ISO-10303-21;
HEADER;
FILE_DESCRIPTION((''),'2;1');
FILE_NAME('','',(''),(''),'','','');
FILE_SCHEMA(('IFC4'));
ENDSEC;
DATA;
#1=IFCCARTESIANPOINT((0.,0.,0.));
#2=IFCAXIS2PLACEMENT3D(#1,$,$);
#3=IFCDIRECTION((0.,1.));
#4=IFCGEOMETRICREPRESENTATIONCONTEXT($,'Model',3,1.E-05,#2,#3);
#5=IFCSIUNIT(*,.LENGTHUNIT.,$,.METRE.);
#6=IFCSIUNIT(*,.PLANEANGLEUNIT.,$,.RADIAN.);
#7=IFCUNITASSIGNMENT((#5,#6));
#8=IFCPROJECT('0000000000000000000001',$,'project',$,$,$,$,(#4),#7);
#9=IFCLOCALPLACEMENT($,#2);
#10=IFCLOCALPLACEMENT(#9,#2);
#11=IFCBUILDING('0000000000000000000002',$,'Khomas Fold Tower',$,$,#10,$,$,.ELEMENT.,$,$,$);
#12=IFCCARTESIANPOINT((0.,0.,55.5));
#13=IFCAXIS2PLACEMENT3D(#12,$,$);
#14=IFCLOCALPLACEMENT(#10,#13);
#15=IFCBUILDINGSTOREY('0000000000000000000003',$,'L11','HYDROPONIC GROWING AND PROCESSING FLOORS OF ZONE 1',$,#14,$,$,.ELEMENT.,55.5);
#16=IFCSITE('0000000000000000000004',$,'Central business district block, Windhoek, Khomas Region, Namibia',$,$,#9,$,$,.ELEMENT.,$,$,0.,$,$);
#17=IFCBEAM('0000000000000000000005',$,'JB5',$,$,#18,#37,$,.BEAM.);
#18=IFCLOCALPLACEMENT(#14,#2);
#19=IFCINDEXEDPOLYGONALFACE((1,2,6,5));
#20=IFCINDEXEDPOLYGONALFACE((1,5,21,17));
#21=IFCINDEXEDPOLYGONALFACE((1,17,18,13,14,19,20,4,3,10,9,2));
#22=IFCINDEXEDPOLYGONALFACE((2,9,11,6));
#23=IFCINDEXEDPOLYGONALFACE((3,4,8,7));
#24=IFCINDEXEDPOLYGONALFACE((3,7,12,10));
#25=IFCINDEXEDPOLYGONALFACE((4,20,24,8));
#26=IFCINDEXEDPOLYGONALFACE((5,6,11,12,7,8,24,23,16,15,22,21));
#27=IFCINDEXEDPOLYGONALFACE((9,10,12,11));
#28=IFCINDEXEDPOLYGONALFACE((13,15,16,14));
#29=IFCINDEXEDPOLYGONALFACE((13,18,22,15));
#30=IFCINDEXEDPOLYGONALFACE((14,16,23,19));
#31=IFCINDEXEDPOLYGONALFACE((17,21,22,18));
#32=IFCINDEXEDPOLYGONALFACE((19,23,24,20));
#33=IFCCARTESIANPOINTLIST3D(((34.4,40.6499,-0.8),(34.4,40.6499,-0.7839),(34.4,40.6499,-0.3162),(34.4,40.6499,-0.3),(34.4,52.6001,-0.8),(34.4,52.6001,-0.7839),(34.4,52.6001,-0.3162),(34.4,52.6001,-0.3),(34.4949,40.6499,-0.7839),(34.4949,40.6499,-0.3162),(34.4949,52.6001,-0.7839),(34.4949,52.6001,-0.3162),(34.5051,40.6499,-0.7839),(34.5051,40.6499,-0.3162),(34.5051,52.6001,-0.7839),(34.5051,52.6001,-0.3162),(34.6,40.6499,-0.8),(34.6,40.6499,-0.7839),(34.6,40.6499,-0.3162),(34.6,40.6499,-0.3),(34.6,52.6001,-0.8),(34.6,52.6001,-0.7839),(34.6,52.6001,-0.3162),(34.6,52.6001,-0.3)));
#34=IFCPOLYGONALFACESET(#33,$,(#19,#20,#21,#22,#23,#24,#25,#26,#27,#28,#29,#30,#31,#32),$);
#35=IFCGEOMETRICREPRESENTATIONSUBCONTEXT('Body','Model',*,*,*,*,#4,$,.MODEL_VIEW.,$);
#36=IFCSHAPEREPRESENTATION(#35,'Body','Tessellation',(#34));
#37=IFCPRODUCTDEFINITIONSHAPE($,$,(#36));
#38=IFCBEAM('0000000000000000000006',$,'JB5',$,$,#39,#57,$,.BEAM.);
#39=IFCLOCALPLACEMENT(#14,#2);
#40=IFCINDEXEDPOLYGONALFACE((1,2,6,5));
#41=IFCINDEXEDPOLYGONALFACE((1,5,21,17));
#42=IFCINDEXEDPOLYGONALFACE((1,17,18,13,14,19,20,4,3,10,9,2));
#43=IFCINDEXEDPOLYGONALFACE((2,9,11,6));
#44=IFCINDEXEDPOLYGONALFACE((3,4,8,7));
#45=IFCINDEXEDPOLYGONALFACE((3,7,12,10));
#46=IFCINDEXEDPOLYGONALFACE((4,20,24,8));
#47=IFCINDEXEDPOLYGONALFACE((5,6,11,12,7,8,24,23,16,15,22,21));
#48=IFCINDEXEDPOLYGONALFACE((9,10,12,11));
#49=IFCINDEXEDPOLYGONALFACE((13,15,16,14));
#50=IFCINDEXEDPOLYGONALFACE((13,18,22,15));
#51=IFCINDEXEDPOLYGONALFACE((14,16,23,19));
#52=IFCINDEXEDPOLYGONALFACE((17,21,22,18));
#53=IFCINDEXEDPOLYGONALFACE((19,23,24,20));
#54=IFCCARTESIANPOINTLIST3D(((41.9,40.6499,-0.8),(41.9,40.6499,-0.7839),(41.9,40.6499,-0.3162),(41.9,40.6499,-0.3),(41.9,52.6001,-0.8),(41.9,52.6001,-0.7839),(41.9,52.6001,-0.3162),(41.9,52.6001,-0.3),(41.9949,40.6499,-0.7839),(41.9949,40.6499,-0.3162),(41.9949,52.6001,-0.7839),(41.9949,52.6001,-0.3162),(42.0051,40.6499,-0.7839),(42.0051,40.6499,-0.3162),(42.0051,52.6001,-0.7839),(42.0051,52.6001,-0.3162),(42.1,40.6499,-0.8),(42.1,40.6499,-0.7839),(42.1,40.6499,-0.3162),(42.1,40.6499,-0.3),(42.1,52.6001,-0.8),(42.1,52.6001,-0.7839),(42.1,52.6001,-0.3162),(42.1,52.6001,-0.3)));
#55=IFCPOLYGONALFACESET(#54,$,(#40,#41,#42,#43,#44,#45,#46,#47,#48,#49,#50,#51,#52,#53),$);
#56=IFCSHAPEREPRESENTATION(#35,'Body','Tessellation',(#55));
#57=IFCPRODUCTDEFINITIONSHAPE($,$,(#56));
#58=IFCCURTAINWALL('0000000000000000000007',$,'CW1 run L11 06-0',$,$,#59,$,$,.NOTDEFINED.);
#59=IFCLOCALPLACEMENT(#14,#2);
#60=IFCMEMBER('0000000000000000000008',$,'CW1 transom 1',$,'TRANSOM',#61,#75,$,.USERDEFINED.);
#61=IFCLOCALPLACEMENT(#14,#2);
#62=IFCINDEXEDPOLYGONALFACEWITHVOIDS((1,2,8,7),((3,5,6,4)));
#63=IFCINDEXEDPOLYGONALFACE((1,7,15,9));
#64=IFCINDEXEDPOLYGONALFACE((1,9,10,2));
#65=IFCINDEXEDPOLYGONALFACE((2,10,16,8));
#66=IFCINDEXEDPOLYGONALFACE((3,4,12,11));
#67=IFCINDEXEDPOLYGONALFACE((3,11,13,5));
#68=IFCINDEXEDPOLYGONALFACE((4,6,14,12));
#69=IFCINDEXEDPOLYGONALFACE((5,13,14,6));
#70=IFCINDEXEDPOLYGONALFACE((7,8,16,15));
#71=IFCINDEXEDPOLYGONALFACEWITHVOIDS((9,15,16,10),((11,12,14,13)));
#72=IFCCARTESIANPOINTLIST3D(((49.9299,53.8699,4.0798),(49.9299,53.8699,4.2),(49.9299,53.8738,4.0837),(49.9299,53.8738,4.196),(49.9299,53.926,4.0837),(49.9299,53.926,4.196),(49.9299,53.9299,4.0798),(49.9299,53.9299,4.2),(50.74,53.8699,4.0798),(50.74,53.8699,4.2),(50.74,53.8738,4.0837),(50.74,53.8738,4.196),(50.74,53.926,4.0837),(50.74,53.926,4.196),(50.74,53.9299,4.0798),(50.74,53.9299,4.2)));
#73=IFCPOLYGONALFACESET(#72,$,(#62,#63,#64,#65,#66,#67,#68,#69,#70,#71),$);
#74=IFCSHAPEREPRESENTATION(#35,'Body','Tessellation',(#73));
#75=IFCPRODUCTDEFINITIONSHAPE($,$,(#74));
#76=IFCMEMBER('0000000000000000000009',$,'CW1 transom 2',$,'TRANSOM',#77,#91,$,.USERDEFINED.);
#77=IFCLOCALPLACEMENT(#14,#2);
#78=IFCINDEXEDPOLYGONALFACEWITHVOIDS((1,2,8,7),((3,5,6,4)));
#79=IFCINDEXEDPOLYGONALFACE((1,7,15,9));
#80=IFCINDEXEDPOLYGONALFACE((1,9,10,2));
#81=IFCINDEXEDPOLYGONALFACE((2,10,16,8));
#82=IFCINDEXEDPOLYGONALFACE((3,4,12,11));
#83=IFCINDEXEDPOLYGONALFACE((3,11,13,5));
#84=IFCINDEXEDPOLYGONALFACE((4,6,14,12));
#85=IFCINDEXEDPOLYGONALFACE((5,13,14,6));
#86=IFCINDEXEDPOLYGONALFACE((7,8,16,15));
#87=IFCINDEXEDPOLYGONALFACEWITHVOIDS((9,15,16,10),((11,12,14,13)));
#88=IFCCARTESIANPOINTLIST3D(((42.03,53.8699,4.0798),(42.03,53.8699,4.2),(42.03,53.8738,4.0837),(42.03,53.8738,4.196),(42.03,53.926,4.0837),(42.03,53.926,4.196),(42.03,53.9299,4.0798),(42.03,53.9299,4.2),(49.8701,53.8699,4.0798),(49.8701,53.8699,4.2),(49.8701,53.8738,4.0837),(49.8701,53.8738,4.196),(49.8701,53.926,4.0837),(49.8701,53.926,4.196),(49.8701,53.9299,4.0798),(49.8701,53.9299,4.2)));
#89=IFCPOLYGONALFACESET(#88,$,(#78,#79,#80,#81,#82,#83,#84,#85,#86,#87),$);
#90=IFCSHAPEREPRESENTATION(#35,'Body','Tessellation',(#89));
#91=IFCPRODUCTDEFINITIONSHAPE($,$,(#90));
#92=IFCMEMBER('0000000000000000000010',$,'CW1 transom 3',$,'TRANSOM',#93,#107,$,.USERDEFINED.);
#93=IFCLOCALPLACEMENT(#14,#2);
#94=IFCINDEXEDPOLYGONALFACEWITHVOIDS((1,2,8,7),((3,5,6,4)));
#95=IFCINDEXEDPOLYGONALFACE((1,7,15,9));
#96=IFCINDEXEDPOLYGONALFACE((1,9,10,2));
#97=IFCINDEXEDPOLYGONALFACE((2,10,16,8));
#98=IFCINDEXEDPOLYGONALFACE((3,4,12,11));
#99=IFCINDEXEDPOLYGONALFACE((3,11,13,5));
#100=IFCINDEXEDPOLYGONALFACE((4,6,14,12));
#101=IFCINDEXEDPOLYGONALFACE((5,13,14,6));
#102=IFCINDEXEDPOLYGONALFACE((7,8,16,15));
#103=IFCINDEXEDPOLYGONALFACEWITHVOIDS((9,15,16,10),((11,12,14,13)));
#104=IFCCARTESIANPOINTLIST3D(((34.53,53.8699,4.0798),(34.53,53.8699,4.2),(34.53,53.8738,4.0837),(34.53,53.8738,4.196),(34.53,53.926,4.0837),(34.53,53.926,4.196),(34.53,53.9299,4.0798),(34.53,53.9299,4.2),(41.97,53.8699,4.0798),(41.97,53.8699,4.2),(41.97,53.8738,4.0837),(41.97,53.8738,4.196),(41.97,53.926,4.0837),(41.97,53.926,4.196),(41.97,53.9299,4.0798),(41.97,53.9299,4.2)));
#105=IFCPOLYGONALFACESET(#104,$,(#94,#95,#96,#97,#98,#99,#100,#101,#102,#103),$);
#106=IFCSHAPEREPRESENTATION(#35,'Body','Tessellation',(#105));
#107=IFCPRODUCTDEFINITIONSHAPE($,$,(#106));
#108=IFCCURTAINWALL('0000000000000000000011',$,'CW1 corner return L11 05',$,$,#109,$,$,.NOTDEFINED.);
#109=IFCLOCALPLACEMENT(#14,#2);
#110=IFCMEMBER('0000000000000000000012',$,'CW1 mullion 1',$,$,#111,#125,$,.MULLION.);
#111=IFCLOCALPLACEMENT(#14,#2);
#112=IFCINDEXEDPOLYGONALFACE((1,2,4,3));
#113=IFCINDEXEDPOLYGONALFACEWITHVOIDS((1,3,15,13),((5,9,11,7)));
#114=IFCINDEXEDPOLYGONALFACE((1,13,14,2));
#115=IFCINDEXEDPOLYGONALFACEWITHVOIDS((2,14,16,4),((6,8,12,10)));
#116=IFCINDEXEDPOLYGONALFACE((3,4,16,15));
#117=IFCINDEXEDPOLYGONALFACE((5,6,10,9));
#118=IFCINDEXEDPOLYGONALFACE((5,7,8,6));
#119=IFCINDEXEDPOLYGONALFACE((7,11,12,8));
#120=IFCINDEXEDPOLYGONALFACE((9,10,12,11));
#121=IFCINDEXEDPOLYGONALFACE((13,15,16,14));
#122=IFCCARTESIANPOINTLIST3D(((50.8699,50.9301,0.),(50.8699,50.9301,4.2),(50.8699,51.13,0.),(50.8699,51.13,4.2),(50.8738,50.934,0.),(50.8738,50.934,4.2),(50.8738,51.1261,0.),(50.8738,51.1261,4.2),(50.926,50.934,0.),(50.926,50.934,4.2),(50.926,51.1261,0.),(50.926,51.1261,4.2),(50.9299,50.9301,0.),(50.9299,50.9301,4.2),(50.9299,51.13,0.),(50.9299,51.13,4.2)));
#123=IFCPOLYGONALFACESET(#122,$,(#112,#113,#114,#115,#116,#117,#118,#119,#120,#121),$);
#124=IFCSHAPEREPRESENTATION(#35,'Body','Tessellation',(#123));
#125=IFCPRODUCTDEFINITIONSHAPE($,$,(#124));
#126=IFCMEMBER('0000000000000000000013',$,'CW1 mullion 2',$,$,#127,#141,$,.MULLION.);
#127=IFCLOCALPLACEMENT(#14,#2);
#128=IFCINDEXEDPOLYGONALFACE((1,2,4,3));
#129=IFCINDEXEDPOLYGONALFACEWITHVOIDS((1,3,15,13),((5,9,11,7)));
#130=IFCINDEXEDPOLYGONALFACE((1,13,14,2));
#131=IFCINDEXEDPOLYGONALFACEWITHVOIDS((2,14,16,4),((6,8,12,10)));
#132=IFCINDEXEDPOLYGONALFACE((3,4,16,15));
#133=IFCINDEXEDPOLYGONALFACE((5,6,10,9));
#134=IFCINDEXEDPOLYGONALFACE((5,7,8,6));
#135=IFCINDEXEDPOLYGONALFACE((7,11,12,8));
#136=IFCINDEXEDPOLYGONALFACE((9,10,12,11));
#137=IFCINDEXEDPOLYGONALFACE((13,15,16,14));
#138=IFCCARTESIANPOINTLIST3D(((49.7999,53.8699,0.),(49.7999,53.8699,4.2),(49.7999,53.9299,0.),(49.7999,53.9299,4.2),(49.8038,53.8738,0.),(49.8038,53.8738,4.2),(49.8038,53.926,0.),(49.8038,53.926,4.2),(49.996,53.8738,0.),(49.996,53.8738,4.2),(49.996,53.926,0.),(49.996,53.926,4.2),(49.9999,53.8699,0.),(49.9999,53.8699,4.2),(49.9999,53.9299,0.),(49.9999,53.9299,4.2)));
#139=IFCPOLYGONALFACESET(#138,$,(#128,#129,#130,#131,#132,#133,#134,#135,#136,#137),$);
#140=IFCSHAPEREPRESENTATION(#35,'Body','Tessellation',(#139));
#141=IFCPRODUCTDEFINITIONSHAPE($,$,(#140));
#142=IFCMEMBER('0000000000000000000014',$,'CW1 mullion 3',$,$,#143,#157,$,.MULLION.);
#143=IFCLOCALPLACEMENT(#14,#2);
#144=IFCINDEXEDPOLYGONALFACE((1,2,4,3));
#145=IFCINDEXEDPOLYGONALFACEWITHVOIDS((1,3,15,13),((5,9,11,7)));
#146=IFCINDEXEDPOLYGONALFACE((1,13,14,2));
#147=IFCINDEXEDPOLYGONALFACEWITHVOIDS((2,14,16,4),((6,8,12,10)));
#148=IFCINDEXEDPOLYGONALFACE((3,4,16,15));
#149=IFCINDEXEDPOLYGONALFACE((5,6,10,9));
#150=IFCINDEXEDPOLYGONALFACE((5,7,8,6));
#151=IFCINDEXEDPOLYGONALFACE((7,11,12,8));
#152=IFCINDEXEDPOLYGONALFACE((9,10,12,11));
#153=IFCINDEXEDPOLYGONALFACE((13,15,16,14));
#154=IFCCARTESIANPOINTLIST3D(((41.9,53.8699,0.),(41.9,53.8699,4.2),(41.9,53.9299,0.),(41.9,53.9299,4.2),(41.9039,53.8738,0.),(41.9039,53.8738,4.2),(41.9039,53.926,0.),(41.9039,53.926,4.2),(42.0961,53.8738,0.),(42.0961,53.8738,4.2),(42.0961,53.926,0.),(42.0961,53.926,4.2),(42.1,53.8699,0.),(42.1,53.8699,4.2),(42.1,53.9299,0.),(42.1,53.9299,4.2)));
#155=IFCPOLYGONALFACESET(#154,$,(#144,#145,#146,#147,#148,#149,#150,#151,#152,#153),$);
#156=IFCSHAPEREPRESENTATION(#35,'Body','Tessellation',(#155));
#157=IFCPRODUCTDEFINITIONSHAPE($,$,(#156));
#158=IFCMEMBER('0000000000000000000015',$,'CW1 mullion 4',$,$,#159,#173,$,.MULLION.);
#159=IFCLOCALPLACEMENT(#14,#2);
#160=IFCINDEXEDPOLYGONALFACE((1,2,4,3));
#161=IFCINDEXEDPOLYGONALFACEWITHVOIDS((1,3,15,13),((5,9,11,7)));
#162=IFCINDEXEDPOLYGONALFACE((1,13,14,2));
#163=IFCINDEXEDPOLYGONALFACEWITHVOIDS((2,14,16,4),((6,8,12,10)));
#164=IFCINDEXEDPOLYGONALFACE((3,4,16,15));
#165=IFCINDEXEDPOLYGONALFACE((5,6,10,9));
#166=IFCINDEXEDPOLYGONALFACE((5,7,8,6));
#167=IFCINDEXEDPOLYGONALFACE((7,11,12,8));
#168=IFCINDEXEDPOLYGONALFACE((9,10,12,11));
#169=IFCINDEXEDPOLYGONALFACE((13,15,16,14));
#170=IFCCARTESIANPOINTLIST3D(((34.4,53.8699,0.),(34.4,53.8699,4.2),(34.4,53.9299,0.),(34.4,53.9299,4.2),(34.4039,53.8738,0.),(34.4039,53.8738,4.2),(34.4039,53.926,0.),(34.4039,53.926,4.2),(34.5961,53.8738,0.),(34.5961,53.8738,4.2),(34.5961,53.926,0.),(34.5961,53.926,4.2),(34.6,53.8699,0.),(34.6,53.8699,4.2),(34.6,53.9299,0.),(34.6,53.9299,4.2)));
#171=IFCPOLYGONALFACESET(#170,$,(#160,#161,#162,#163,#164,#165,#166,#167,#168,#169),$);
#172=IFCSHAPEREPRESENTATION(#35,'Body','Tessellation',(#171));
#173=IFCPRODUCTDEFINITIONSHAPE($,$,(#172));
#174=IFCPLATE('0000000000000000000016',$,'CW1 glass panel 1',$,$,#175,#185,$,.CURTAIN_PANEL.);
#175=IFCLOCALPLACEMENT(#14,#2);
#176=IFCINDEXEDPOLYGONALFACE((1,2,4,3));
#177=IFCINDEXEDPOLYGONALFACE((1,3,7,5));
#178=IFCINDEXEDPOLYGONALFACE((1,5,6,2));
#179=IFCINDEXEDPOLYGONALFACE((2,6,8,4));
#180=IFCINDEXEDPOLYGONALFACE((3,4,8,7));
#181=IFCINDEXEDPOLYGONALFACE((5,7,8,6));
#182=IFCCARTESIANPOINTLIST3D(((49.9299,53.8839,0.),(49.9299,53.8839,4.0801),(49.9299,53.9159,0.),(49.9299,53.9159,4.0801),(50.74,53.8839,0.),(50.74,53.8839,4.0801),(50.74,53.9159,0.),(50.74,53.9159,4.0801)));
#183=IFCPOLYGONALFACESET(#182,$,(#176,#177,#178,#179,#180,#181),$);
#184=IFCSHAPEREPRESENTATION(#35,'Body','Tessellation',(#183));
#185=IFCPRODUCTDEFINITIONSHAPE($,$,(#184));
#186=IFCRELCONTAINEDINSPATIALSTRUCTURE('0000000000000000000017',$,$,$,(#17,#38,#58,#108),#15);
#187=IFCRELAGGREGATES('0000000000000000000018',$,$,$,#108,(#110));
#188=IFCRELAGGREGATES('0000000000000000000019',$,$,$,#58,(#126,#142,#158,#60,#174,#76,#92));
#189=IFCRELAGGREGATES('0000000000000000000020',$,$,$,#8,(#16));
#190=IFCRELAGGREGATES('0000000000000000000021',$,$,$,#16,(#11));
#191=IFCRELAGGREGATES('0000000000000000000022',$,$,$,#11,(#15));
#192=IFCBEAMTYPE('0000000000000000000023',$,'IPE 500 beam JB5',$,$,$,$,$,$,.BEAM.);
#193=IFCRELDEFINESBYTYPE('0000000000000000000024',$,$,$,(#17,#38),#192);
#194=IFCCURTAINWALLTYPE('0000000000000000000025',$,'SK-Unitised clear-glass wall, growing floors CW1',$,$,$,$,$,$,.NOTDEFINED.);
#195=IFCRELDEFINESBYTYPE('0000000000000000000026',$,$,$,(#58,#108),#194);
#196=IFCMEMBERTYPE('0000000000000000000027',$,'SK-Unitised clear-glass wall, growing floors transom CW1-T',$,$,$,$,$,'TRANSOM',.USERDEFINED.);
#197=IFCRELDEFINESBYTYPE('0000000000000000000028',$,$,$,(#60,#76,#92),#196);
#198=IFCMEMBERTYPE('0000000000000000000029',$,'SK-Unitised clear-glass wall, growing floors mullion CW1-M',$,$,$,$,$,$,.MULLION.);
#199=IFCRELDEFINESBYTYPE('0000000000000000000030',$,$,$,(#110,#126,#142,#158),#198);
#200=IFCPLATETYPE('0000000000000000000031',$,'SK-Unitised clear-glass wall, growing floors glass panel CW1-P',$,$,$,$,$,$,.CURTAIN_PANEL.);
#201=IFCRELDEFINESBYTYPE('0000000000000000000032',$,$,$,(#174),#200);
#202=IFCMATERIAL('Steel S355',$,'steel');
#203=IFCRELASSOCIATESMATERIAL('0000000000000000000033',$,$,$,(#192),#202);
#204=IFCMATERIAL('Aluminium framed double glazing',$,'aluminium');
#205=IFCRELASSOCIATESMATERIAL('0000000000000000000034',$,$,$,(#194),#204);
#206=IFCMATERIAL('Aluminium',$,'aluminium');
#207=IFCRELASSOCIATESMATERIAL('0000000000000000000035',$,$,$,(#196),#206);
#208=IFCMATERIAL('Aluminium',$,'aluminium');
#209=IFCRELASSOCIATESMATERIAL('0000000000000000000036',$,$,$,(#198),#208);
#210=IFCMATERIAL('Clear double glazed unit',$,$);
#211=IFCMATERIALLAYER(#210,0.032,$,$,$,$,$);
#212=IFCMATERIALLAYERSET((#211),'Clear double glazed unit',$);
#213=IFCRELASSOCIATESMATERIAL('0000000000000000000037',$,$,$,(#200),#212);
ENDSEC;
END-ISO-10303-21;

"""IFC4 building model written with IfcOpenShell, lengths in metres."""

from ifc_helpers import new_model, si_unit, direction, frame, origin, origin_2d, place, context, subcontext, project, spatial, rectangle, hollow_rectangle, i_section, extrude, source, transform, mapped, material, layer, layer_set, material_profile, profile_set, type_object, element, aggregate, save


model = new_model("IFC4")

# Units and contexts
model_context = context("Model", 3, precision=1e-05, world=origin(), true_north=direction((0.0, 1.0)))
body_context = subcontext(model_context, "Body", "Model", "MODEL_VIEW")
ifc_project = project(units=[si_unit("LENGTHUNIT", "METRE"), si_unit("PLANEANGLEUNIT", "RADIAN")], contexts=[model_context])

# Site, building, storey
site_placement = place(None, origin())
site = spatial("IfcSite", under=ifc_project, at=site_placement, Name="Central business district block, Windhoek, Khomas Region, Namibia", CompositionType="ELEMENT", RefElevation=0.0)
building_placement = place(site_placement, origin())
building = spatial("IfcBuilding", under=site, at=building_placement, Name="Khomas Fold Tower", CompositionType="ELEMENT")
storey_placement = place(building_placement, frame((0.0, 0.0, 55.5)))
storey = spatial("IfcBuildingStorey", under=building, at=storey_placement, Name="L11", Description="HYDROPONIC GROWING AND PROCESSING FLOORS OF ZONE 1", CompositionType="ELEMENT", Elevation=55.5)

# Beams
ifc_material_1 = material(Name="Steel S355", Category="steel")
ifc_material_profile_1 = material_profile(ifc_material_1, i_section(OverallWidth=0.2, OverallDepth=0.5, WebThickness=0.0103, FlangeThickness=0.0161, at=origin_2d()), Name="IPE 500")
ifc_profile_set_1 = profile_set([ifc_material_profile_1], Name="Steel S355")
beam_type_1 = type_object("IfcBeamType", Name="IPE 500 beam JB5", PredefinedType="BEAM", material=ifc_profile_set_1)
shared_shape_1 = source(origin(), body_context, "Body", "SweptSolid", [
    extrude(i_section(OverallWidth=0.2, OverallDepth=0.5, WebThickness=0.0103, FlangeThickness=0.0161, at=origin_2d()), origin(), (0.0, 0.0, 1.0), 11.9502),
])
for number, where, z_axis, x_axis, name in (
    (1, (34.5, 40.6499, -0.55), (0.0, 1.0, 0.0), (-1.0, 0.0, 0.0), "JB5"),
    (2, (42.0, 40.6499, -0.55), (0.0, 1.0, 0.0), (-1.0, 0.0, 0.0), "JB5"),
):
    element("IfcBeam", number, at=place(storey_placement, frame(where, z_axis=z_axis, x_axis=x_axis)), inside=storey, type_object=beam_type_1, Name=name, PredefinedType="BEAM", context=body_context, shape_type="MappedRepresentation", body=[
        mapped(shared_shape_1, transform((0.0, 0.0, 0.0))),
    ])

# Curtain wall, members
ifc_material_2 = material(Name="Aluminium framed double glazing", Category="aluminium")
curtain_wall_type = type_object("IfcCurtainWallType", Name="SK-Unitised clear-glass wall, growing floors CW1", PredefinedType="NOTDEFINED", material=ifc_material_2)
curtain_wall_1_placement = place(storey_placement, origin())
curtain_wall_1 = element("IfcCurtainWall", 3, at=curtain_wall_1_placement, inside=storey, type_object=curtain_wall_type, Name="CW1 run L11 06-0", PredefinedType="NOTDEFINED")
ifc_material_3 = material(Name="Aluminium", Category="aluminium")
ifc_material_profile_2 = material_profile(ifc_material_3, hollow_rectangle(XDim=0.0601, YDim=0.1201, WallThickness=0.0039, at=origin_2d()), Name="SK-Unitised clear-glass wall, growing floors transom CW1-T")
ifc_profile_set_2 = profile_set([ifc_material_profile_2], Name="Aluminium")
member_type_1 = type_object("IfcMemberType", Name="SK-Unitised clear-glass wall, growing floors transom CW1-T", ElementType="TRANSOM", PredefinedType="USERDEFINED", material=ifc_profile_set_2)
shared_shape_2 = source(origin(), body_context, "Body", "SweptSolid", [
    extrude(hollow_rectangle(XDim=0.0601, YDim=0.1201, WallThickness=0.0039, at=origin_2d()), origin(), (0.0, 0.0, 1.0), 0.8101),
])
member_1_placement = place(storey_placement, frame((50.74, 53.8999, 4.1399), z_axis=(-1.0, 0.0, 0.0), x_axis=(0.0, -1.0, 0.0)))
member_1 = element("IfcMember", 4, at=member_1_placement, type_object=member_type_1, Name="CW1 transom 1", ObjectType="TRANSOM", PredefinedType="USERDEFINED", context=body_context, shape_type="MappedRepresentation", body=[
    mapped(shared_shape_2, transform((0.0, 0.0, 0.0))),
])
shared_shape_3 = source(origin(), body_context, "Body", "SweptSolid", [
    extrude(hollow_rectangle(XDim=0.0601, YDim=0.1201, WallThickness=0.0039, at=origin_2d()), origin(), (0.0, 0.0, 1.0), 7.8401),
])
member_2_placement = place(storey_placement, frame((49.8701, 53.8999, 4.1399), z_axis=(-1.0, 0.0, 0.0), x_axis=(0.0, -1.0, 0.0)))
member_2 = element("IfcMember", 5, at=member_2_placement, type_object=member_type_1, Name="CW1 transom 2", ObjectType="TRANSOM", PredefinedType="USERDEFINED", context=body_context, shape_type="MappedRepresentation", body=[
    mapped(shared_shape_3, transform((0.0, 0.0, 0.0))),
])
shared_shape_4 = source(origin(), body_context, "Body", "SweptSolid", [
    extrude(hollow_rectangle(XDim=0.0601, YDim=0.1201, WallThickness=0.0039, at=origin_2d()), origin(), (0.0, 0.0, 1.0), 7.4399),
])
member_3_placement = place(storey_placement, frame((41.97, 53.8999, 4.1399), z_axis=(-1.0, 0.0, 0.0), x_axis=(0.0, -1.0, 0.0)))
member_3 = element("IfcMember", 6, at=member_3_placement, type_object=member_type_1, Name="CW1 transom 3", ObjectType="TRANSOM", PredefinedType="USERDEFINED", context=body_context, shape_type="MappedRepresentation", body=[
    mapped(shared_shape_4, transform((0.0, 0.0, 0.0))),
])

# Curtain wall, member
curtain_wall_2_placement = place(storey_placement, origin())
curtain_wall_2 = element("IfcCurtainWall", 7, at=curtain_wall_2_placement, inside=storey, type_object=curtain_wall_type, Name="CW1 corner return L11 05", PredefinedType="NOTDEFINED")
ifc_material_4 = material(Name="Aluminium", Category="aluminium")
ifc_material_profile_3 = material_profile(ifc_material_4, hollow_rectangle(XDim=0.0601, YDim=0.2, WallThickness=0.0039, at=origin_2d()), Name="SK-Unitised clear-glass wall, growing floors mullion CW1-M")
ifc_profile_set_3 = profile_set([ifc_material_profile_3], Name="Aluminium")
member_type_2 = type_object("IfcMemberType", Name="SK-Unitised clear-glass wall, growing floors mullion CW1-M", PredefinedType="MULLION", material=ifc_profile_set_3)
shared_shape_5 = source(origin(), body_context, "Body", "SweptSolid", [
    extrude(hollow_rectangle(XDim=0.0601, YDim=0.2, WallThickness=0.0039, at=origin_2d()), origin(), (0.0, 0.0, 1.0), 4.2),
])
member_4_placement = place(storey_placement, frame((50.8999, 51.03, 0.0), z_axis=(0.0, 0.0, 1.0), x_axis=(-1.0, 0.0, 0.0)))
member_4 = element("IfcMember", 8, at=member_4_placement, type_object=member_type_2, Name="CW1 mullion 1", PredefinedType="MULLION", context=body_context, shape_type="MappedRepresentation", body=[
    mapped(shared_shape_5, transform((0.0, 0.0, 0.0))),
])
aggregate(curtain_wall_2, [member_4])

# Members
member_5_placement = place(storey_placement, frame((49.8999, 53.8999, 0.0), z_axis=(0.0, 0.0, 1.0), x_axis=(0.0, -1.0, 0.0)))
member_5 = element("IfcMember", 9, at=member_5_placement, type_object=member_type_2, Name="CW1 mullion 2", PredefinedType="MULLION", context=body_context, shape_type="MappedRepresentation", body=[
    mapped(shared_shape_5, transform((0.0, 0.0, 0.0))),
])
member_6_placement = place(storey_placement, frame((42.0, 53.8999, 0.0), z_axis=(0.0, 0.0, 1.0), x_axis=(0.0, -1.0, 0.0)))
member_6 = element("IfcMember", 10, at=member_6_placement, type_object=member_type_2, Name="CW1 mullion 3", PredefinedType="MULLION", context=body_context, shape_type="MappedRepresentation", body=[
    mapped(shared_shape_5, transform((0.0, 0.0, 0.0))),
])
member_7_placement = place(storey_placement, frame((34.5, 53.8999, 0.0), z_axis=(0.0, 0.0, 1.0), x_axis=(0.0, -1.0, 0.0)))
member_7 = element("IfcMember", 11, at=member_7_placement, type_object=member_type_2, Name="CW1 mullion 4", PredefinedType="MULLION", context=body_context, shape_type="MappedRepresentation", body=[
    mapped(shared_shape_5, transform((0.0, 0.0, 0.0))),
])

# Plate
ifc_material_5 = material(Name="Clear double glazed unit")
ifc_layer_1 = layer(ifc_material_5, 0.032)
ifc_layer_set_1 = layer_set([ifc_layer_1], Name="Clear double glazed unit")
plate_type = type_object("IfcPlateType", Name="SK-Unitised clear-glass wall, growing floors glass panel CW1-P", PredefinedType="CURTAIN_PANEL", material=ifc_layer_set_1)
shared_shape_6 = source(origin(), body_context, "Body", "SweptSolid", [
    extrude(rectangle(XDim=0.8101, YDim=0.032, at=origin_2d()), origin(), (0.0, 0.0, 1.0), 4.0801),
])
plate_1_placement = place(storey_placement, frame((50.335, 53.8999, 0.0), z_axis=(0.0, 0.0, 1.0), x_axis=(-1.0, 0.0, 0.0)))
plate_1 = element("IfcPlate", 12, at=plate_1_placement, type_object=plate_type, Name="CW1 glass panel 1", PredefinedType="CURTAIN_PANEL", context=body_context, shape_type="MappedRepresentation", body=[
    mapped(shared_shape_6, transform((0.0, 0.0, 0.0))),
])
aggregate(curtain_wall_1, [member_5, member_6, member_7, member_1, plate_1, member_2, member_3])

save(model, "model.ifc")
